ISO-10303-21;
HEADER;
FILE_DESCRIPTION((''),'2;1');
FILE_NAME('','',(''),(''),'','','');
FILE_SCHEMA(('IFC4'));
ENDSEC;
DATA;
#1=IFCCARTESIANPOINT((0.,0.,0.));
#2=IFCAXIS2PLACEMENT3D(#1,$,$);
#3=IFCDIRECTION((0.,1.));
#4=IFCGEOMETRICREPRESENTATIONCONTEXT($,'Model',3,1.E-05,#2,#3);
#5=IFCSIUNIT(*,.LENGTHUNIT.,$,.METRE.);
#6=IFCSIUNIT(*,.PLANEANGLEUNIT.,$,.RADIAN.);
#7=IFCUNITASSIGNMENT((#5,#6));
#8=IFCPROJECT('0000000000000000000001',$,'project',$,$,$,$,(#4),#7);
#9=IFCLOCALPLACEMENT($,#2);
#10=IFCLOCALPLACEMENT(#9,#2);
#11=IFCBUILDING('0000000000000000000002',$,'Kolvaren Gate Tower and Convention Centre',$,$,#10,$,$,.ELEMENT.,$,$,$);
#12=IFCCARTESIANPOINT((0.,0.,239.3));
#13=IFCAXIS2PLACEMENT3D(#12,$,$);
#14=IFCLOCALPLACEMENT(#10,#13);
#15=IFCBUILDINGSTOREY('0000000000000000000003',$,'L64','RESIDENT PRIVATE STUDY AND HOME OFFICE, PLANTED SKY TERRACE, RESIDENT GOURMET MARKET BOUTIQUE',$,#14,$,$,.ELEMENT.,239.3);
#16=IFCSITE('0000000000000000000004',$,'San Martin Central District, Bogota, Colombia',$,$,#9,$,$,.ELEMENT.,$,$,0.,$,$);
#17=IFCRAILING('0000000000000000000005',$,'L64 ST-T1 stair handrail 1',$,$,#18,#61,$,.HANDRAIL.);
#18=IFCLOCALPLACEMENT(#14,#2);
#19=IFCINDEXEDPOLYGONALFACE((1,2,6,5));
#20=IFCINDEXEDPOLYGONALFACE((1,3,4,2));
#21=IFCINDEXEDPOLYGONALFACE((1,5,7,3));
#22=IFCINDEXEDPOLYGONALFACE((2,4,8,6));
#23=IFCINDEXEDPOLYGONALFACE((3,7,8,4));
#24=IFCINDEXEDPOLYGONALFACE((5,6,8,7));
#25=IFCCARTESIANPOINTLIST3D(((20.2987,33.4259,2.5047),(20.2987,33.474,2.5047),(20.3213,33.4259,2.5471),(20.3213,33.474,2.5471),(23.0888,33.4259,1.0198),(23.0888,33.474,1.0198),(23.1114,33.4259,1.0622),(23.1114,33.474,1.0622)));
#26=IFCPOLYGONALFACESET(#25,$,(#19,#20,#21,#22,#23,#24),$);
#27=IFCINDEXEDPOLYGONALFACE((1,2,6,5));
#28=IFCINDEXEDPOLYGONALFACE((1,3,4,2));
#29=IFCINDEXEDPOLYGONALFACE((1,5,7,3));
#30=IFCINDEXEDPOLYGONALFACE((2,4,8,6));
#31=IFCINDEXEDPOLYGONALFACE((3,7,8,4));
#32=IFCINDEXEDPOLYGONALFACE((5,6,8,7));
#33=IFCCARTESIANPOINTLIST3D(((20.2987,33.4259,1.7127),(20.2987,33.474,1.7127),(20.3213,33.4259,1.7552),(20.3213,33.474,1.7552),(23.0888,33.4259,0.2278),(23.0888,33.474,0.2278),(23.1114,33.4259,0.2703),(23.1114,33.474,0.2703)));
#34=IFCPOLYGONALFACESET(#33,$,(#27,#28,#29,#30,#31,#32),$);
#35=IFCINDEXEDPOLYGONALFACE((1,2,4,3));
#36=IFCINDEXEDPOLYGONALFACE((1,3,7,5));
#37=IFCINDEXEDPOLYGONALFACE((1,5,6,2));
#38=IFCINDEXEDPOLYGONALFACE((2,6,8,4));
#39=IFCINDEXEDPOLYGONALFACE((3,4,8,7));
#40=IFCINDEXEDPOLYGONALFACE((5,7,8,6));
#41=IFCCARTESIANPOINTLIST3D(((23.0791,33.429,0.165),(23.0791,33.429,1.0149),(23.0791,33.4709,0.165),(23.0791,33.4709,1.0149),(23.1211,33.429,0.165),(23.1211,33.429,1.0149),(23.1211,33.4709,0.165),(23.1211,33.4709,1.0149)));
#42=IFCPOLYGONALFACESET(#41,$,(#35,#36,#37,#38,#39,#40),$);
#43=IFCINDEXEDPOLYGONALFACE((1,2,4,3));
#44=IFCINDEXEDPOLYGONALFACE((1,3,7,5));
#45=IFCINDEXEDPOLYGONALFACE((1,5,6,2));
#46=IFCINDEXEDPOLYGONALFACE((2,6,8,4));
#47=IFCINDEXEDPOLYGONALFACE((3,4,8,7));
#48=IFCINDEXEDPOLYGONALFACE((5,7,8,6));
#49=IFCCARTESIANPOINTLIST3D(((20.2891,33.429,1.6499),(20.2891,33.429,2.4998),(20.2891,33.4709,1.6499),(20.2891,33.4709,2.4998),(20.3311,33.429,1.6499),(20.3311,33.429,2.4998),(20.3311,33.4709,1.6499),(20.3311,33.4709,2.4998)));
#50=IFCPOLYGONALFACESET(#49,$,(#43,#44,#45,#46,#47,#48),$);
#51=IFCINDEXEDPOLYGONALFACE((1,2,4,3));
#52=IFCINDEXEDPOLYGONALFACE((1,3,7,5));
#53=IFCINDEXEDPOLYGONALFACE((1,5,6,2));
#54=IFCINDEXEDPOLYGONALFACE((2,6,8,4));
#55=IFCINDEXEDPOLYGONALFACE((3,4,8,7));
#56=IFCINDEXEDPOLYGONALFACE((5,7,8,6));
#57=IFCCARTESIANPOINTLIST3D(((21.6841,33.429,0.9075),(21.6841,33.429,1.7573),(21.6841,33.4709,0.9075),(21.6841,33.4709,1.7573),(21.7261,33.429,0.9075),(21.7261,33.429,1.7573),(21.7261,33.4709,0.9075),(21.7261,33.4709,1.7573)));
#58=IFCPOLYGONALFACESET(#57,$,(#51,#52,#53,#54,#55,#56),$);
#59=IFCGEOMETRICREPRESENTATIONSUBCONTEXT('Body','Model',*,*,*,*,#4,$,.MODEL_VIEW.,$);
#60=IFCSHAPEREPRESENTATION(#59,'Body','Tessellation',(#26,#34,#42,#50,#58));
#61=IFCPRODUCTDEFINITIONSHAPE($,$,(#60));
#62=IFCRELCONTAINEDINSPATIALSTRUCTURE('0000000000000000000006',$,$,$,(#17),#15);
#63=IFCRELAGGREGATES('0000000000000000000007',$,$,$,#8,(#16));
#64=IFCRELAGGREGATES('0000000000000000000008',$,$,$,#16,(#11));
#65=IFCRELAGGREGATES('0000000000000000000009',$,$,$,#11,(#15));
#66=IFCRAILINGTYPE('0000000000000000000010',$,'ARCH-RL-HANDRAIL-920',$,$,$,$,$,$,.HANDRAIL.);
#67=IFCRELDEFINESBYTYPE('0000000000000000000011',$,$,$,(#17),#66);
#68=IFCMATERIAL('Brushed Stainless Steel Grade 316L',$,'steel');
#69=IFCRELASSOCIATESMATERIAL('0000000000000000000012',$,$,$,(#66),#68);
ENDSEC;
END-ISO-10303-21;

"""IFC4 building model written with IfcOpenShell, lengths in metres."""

from ifc_helpers import new_model, si_unit, direction, frame, origin, origin_2d, place, context, subcontext, project, spatial, rectangle, extrude, material, type_object, element, save


model = new_model("IFC4")

# Units and contexts
model_context = context("Model", 3, precision=1e-05, world=origin(), true_north=direction((0.0, 1.0)))
body_context = subcontext(model_context, "Body", "Model", "MODEL_VIEW")
ifc_project = project(units=[si_unit("LENGTHUNIT", "METRE"), si_unit("PLANEANGLEUNIT", "RADIAN")], contexts=[model_context])

# Site, building, storey
site_placement = place(None, origin())
site = spatial("IfcSite", under=ifc_project, at=site_placement, Name="San Martin Central District, Bogota, Colombia", CompositionType="ELEMENT", RefElevation=0.0)
building_placement = place(site_placement, origin())
building = spatial("IfcBuilding", under=site, at=building_placement, Name="Kolvaren Gate Tower and Convention Centre", CompositionType="ELEMENT")
storey_placement = place(building_placement, frame((0.0, 0.0, 239.3)))
storey = spatial("IfcBuildingStorey", under=building, at=storey_placement, Name="L64", Description="RESIDENT PRIVATE STUDY AND HOME OFFICE, PLANTED SKY TERRACE, RESIDENT GOURMET MARKET BOUTIQUE", CompositionType="ELEMENT", Elevation=239.3)

# Shared definitions
ifc_material_1 = material(Name="Brushed Stainless Steel Grade 316L", Category="steel")

# Railing
railing_type_1 = type_object("IfcRailingType", Name="ARCH-RL-HANDRAIL-920", PredefinedType="HANDRAIL", material=ifc_material_1)
railing_1_placement = place(storey_placement, frame((23.1001, 33.45, 0.165)))
element("IfcRailing", 1, at=railing_1_placement, inside=storey, type_object=railing_type_1, Name="L64 ST-T1 stair handrail 1", PredefinedType="HANDRAIL", context=body_context, shape_type="SweptSolid", body=[
    extrude(rectangle(XDim=0.0481, YDim=0.0481, at=origin_2d()), frame((0.0, 0.0, 0.876), z_axis=(-0.882767, 0.0, 0.46981), x_axis=(0.0, -1.0, 0.0)), (0.0, 0.0, 1.0), 3.1606),
    extrude(rectangle(XDim=0.0481, YDim=0.0481, at=origin_2d()), frame((0.0, 0.0, 0.084), z_axis=(-0.882767, 0.0, 0.46981), x_axis=(0.0, -1.0, 0.0)), (0.0, 0.0, 1.0), 3.1606),
    extrude(rectangle(XDim=0.042, YDim=0.042, at=origin_2d()), origin(), (0.0, 0.0, 1.0), 0.8499),
    extrude(rectangle(XDim=0.042, YDim=0.042, at=origin_2d()), frame((-2.79, 0.0, 1.4849)), (0.0, 0.0, 1.0), 0.8499),
    extrude(rectangle(XDim=0.042, YDim=0.042, at=origin_2d()), frame((-1.395, 0.0, 0.7424)), (0.0, 0.0, 1.0), 0.8499),
])

save(model, "model.ifc")
